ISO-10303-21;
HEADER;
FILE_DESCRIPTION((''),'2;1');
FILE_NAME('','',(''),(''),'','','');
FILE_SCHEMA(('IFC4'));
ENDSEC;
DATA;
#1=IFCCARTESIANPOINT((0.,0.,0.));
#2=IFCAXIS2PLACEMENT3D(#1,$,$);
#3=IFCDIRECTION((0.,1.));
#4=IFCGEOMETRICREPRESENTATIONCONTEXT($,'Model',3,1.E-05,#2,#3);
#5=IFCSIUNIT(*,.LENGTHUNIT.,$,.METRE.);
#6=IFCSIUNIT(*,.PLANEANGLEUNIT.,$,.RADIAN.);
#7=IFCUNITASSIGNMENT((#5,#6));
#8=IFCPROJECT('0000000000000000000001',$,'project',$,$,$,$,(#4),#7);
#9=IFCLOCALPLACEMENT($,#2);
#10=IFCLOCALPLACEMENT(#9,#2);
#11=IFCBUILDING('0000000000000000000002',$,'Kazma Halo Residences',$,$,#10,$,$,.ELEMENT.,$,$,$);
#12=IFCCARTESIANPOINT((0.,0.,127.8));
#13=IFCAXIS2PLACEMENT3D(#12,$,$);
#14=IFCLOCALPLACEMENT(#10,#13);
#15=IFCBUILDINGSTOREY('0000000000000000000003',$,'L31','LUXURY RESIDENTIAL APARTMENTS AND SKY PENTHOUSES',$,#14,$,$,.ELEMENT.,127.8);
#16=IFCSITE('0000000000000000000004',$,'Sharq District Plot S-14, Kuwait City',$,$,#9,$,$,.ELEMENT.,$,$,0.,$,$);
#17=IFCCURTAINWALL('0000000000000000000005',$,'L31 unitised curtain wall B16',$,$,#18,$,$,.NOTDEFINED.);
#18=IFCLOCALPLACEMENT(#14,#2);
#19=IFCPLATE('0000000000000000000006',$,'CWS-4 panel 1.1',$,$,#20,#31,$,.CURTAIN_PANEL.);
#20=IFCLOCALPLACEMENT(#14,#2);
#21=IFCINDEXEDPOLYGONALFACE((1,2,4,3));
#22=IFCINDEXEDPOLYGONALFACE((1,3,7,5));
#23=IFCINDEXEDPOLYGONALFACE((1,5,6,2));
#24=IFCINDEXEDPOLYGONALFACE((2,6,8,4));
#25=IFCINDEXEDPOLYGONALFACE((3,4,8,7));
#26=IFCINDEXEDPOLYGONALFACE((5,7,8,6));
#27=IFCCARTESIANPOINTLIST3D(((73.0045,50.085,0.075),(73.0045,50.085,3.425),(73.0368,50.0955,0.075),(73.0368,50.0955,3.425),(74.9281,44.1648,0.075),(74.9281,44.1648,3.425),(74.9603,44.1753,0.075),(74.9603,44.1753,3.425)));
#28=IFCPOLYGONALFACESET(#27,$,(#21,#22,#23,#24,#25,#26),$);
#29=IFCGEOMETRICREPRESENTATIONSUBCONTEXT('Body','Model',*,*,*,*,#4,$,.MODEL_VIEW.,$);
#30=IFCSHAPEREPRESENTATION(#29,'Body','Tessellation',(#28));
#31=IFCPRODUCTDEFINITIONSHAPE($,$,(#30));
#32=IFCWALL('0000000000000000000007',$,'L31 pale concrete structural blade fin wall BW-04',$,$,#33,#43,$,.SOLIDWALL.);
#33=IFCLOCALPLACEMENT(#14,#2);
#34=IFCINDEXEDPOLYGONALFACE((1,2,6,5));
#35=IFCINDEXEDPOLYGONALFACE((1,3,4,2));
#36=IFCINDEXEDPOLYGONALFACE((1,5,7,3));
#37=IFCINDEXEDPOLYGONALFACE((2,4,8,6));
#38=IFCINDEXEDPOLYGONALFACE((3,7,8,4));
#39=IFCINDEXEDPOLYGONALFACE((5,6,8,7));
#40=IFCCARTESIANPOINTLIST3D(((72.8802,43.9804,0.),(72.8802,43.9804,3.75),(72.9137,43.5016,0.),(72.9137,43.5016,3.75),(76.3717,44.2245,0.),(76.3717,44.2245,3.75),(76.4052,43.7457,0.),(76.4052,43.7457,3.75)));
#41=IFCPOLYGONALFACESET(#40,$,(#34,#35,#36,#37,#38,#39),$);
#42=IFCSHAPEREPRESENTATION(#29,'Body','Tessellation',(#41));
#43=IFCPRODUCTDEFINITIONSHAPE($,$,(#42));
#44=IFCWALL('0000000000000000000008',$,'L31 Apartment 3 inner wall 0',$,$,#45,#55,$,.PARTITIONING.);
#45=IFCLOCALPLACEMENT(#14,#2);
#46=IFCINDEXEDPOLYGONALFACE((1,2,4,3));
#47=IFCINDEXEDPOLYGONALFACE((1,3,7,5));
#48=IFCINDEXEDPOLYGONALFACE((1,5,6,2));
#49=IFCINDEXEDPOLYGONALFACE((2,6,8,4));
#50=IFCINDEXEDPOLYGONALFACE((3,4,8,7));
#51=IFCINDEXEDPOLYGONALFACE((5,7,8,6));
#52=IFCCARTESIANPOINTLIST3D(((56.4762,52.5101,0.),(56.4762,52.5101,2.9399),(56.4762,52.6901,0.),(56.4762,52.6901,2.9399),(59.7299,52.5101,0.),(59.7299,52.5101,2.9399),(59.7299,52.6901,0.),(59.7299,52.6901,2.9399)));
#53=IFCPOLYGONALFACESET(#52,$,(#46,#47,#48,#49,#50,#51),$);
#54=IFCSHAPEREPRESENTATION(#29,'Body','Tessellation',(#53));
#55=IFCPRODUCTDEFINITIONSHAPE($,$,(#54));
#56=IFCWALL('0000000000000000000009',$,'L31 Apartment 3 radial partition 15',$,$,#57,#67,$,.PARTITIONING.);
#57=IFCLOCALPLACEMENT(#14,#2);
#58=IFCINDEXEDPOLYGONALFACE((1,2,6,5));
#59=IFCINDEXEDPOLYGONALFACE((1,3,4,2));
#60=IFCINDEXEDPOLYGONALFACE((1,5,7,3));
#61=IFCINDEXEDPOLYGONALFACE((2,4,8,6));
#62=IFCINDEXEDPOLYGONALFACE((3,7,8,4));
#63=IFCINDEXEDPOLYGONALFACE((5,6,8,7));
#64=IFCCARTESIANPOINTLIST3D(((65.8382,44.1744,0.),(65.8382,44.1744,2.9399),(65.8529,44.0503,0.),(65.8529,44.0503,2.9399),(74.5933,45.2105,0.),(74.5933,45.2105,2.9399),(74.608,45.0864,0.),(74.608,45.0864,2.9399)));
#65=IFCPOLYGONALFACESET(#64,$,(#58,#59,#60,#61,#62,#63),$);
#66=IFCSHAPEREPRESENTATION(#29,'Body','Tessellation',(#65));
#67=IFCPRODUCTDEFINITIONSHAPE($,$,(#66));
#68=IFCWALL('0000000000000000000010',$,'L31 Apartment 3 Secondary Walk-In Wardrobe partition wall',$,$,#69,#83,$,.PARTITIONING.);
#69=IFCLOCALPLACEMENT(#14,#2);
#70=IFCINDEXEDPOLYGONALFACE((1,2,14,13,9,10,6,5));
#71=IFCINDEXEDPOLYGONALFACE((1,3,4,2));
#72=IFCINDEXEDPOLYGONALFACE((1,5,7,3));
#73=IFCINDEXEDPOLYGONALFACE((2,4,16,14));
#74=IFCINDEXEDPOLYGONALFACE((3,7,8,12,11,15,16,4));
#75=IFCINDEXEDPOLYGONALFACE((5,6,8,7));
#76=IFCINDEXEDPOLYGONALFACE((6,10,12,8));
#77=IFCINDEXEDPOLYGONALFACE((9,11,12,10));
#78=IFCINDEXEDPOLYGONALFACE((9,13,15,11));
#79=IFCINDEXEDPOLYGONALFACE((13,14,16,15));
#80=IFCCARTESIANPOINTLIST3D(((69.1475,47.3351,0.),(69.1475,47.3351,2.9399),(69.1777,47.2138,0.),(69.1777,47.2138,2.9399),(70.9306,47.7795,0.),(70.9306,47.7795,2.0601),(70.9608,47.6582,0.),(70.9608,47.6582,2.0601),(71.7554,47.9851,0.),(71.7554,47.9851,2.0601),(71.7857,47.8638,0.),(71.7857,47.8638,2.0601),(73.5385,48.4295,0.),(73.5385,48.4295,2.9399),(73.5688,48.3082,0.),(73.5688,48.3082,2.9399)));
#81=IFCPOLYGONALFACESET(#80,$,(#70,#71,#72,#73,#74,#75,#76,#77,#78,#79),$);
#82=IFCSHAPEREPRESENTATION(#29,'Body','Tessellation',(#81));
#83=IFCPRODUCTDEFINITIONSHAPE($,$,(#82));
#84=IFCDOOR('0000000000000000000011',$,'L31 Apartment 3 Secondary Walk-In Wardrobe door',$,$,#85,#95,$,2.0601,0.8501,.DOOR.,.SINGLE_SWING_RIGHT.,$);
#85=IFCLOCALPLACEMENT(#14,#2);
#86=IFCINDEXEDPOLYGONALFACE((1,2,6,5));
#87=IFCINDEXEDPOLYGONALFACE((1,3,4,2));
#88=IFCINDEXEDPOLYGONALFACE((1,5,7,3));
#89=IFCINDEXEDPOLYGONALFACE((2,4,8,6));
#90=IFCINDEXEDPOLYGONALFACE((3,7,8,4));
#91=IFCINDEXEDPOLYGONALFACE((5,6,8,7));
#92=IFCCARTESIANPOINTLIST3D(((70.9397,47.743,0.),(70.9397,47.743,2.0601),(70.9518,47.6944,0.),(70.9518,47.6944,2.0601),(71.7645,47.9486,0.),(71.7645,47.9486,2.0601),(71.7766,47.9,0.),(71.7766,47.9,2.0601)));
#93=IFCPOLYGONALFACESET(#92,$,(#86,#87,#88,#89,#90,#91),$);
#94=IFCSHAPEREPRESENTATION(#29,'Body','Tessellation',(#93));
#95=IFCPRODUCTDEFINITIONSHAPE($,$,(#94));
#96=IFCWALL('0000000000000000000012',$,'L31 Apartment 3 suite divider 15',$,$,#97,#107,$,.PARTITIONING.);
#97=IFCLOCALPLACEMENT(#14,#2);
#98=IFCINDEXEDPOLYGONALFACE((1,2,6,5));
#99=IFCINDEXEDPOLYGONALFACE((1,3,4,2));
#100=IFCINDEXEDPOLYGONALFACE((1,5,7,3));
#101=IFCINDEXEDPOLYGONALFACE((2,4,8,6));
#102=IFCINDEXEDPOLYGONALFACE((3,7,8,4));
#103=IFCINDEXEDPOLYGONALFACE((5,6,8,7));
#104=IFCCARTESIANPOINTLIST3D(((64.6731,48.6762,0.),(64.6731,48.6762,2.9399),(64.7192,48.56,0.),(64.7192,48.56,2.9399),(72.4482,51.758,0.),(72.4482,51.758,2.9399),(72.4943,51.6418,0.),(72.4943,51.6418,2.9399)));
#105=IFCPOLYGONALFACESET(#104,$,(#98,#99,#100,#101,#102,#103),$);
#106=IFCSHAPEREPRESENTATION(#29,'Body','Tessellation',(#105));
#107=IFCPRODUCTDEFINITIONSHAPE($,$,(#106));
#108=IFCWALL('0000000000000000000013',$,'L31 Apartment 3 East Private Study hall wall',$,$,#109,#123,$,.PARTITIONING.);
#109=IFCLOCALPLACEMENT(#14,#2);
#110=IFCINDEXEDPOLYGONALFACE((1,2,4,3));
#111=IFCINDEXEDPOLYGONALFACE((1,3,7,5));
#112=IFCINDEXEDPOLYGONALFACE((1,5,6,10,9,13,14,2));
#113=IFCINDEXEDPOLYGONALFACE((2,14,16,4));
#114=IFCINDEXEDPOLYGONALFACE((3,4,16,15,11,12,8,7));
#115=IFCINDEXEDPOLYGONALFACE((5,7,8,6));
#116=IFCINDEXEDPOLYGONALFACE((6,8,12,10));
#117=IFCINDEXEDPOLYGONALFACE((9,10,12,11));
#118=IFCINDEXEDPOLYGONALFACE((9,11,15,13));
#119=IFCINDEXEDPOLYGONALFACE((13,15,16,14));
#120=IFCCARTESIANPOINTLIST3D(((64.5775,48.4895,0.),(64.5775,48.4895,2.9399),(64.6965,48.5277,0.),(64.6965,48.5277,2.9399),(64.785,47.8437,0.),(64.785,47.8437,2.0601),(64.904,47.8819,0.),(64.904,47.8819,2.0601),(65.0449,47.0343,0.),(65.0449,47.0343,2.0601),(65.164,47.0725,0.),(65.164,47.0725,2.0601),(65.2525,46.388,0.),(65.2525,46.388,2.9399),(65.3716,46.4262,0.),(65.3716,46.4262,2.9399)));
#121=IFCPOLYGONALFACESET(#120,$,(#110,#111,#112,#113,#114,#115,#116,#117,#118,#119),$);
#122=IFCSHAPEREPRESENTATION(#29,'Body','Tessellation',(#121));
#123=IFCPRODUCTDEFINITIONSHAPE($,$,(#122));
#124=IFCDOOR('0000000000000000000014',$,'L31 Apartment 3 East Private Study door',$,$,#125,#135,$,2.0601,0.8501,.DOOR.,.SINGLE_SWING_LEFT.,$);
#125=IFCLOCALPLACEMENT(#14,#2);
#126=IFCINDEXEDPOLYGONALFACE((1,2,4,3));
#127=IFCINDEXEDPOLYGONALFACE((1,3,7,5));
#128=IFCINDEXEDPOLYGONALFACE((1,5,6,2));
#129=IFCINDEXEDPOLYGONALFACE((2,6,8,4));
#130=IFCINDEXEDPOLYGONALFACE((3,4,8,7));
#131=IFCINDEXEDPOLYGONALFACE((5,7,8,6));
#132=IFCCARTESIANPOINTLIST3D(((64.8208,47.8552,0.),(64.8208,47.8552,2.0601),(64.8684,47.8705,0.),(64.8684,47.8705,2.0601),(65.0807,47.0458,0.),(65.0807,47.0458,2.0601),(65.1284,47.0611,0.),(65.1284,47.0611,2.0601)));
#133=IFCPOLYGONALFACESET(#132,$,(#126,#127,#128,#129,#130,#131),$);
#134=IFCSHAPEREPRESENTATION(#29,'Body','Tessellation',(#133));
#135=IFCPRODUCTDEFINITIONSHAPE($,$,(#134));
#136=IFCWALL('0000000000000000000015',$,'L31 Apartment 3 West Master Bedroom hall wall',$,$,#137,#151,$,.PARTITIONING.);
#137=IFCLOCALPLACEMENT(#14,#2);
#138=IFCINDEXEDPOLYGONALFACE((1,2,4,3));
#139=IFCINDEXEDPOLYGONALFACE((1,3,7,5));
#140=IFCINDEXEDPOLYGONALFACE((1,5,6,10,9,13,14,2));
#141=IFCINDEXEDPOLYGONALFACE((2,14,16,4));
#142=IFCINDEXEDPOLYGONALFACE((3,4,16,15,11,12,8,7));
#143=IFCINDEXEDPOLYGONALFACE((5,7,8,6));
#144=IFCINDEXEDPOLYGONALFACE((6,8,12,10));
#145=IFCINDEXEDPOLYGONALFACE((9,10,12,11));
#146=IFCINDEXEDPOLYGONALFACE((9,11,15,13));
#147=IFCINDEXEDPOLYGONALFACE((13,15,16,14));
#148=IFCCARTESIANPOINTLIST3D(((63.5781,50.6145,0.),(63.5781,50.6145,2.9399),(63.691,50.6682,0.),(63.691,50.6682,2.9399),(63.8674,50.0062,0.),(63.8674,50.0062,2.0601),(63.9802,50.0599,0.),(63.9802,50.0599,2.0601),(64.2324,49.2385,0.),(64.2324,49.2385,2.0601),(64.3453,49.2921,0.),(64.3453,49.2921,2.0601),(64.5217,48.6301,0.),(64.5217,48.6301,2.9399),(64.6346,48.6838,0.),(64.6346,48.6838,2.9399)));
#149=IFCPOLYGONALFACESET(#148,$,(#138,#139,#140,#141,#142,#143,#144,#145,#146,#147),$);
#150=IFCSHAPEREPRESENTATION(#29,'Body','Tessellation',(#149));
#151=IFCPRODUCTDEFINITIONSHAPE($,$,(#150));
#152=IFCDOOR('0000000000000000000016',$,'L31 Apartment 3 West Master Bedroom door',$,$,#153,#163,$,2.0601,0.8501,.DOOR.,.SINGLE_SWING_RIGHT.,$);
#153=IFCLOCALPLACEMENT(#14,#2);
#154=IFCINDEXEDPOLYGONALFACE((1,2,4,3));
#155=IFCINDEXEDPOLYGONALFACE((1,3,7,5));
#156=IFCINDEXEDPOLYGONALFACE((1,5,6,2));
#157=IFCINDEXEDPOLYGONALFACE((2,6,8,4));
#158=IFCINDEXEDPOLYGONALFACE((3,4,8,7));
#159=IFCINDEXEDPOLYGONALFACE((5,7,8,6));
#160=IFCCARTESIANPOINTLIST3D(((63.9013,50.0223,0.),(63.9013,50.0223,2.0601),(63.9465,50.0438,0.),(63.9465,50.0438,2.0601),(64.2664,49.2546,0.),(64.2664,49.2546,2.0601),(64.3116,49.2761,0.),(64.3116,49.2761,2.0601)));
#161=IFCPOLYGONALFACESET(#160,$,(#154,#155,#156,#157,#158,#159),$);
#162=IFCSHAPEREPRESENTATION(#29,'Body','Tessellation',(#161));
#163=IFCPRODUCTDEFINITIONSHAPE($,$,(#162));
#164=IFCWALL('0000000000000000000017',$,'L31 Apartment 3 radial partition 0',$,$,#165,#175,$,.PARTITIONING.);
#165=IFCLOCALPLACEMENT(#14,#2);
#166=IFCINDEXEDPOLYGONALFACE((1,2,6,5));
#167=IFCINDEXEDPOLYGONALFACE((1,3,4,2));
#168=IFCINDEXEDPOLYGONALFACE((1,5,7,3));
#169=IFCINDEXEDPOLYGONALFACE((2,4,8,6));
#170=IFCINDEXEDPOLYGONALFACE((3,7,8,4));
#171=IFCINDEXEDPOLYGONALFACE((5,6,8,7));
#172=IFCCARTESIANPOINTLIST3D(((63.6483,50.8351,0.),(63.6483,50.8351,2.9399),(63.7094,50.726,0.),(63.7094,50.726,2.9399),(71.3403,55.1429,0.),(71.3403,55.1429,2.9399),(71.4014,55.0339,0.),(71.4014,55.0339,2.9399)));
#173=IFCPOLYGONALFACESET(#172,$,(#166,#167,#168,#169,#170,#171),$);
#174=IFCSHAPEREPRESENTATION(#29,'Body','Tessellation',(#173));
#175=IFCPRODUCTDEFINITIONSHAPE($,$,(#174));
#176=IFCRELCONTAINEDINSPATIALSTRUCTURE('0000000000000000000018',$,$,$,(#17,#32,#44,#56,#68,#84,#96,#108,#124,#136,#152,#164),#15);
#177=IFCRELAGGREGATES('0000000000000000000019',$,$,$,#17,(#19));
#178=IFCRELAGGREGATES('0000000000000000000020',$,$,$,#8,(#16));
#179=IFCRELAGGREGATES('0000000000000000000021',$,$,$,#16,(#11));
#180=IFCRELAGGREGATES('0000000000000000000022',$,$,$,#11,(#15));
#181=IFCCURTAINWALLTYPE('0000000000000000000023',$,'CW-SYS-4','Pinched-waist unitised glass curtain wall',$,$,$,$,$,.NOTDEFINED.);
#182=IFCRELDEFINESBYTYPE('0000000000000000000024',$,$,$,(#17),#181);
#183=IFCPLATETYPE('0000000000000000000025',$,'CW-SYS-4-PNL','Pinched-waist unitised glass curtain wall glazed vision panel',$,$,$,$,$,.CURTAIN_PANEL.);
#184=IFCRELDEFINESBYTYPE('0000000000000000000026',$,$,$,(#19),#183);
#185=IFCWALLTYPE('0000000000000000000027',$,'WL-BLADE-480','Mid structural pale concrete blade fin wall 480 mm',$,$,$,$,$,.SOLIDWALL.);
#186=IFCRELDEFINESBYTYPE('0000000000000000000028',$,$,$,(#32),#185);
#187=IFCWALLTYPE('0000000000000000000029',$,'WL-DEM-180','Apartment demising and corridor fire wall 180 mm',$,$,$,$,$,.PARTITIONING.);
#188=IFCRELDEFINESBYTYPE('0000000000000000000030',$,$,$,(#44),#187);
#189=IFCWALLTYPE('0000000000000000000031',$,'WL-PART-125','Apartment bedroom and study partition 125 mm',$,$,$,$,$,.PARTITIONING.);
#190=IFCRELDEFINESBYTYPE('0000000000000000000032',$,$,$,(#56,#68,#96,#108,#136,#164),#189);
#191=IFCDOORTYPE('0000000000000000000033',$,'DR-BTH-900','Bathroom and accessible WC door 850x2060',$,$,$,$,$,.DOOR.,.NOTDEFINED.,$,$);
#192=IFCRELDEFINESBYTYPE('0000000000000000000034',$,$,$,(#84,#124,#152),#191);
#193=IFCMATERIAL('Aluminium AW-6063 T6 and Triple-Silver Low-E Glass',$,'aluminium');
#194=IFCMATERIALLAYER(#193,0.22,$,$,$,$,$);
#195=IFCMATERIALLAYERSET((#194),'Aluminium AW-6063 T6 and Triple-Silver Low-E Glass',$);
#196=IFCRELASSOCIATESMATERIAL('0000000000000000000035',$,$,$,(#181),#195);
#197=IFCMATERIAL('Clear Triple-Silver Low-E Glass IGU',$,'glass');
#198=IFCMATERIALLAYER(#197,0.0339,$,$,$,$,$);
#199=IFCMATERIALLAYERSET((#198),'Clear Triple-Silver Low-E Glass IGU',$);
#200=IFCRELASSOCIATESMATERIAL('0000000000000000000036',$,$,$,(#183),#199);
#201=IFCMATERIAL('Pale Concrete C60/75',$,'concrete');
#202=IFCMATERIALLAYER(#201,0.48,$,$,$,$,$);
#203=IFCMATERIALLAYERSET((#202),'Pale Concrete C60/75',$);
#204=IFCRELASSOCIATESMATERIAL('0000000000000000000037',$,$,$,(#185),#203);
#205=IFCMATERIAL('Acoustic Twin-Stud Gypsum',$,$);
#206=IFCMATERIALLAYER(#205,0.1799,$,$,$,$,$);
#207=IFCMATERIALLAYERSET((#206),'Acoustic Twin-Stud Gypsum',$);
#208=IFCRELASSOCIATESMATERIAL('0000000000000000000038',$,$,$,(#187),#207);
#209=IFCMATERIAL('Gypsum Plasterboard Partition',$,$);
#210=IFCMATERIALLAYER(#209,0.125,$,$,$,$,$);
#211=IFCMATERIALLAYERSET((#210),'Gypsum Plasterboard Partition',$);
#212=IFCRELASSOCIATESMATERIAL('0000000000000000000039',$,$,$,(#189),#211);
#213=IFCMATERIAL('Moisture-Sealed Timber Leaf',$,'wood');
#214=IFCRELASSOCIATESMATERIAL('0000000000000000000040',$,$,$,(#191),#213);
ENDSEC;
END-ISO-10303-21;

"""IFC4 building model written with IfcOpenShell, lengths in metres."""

from ifc_helpers import new_model, si_unit, direction, frame, frame_2d, origin, origin_2d, place, context, subcontext, project, spatial, rectangle, extrude, material, layer, layer_set, type_object, element, fill, aggregate, save


model = new_model("IFC4")

# Units and contexts
model_context = context("Model", 3, precision=1e-05, world=origin(), true_north=direction((0.0, 1.0)))
body_context = subcontext(model_context, "Body", "Model", "MODEL_VIEW")
ifc_project = project(units=[si_unit("LENGTHUNIT", "METRE"), si_unit("PLANEANGLEUNIT", "RADIAN")], contexts=[model_context])

# Site, building, storey
site_placement = place(None, origin())
site = spatial("IfcSite", under=ifc_project, at=site_placement, Name="Sharq District Plot S-14, Kuwait City", CompositionType="ELEMENT", RefElevation=0.0)
building_placement = place(site_placement, origin())
building = spatial("IfcBuilding", under=site, at=building_placement, Name="Kazma Halo Residences", CompositionType="ELEMENT")
storey_placement = place(building_placement, frame((0.0, 0.0, 127.8)))
storey = spatial("IfcBuildingStorey", under=building, at=storey_placement, Name="L31", Description="LUXURY RESIDENTIAL APARTMENTS AND SKY PENTHOUSES", CompositionType="ELEMENT", Elevation=127.8)

# Shared definitions
ifc_material_1 = material(Name="Aluminium AW-6063 T6 and Triple-Silver Low-E Glass", Category="aluminium")
ifc_layer_1 = layer(ifc_material_1, 0.22)
ifc_layer_set_1 = layer_set([ifc_layer_1], Name="Aluminium AW-6063 T6 and Triple-Silver Low-E Glass")
curtain_wall_type = type_object("IfcCurtainWallType", Name="CW-SYS-4", Description="Pinched-waist unitised glass curtain wall", PredefinedType="NOTDEFINED", material=ifc_layer_set_1)

# Curtain wall, plate
curtain_wall_1_placement = place(storey_placement, origin())
curtain_wall_1 = element("IfcCurtainWall", 1, at=curtain_wall_1_placement, inside=storey, type_object=curtain_wall_type, Name="L31 unitised curtain wall B16", PredefinedType="NOTDEFINED")
ifc_material_2 = material(Name="Clear Triple-Silver Low-E Glass IGU", Category="glass")
ifc_layer_2 = layer(ifc_material_2, 0.0339)
ifc_layer_set_2 = layer_set([ifc_layer_2], Name="Clear Triple-Silver Low-E Glass IGU")
plate_type = type_object("IfcPlateType", Name="CW-SYS-4-PNL", Description="Pinched-waist unitised glass curtain wall glazed vision panel", PredefinedType="CURTAIN_PANEL", material=ifc_layer_set_2)
plate_placement = place(storey_placement, frame((73.9824, 47.1301, 0.075), z_axis=(0.0, 0.0, 1.0), x_axis=(-0.309014, 0.951058, 0.0)))
plate = element("IfcPlate", 2, at=plate_placement, type_object=plate_type, Name="CWS-4 panel 1.1", PredefinedType="CURTAIN_PANEL", context=body_context, shape_type="SweptSolid", body=[
    extrude(rectangle(XDim=6.2249, YDim=0.0339, at=origin_2d()), origin(), (0.0, 0.0, 1.0), 3.3501),
])
aggregate(curtain_wall_1, [plate])

# Walls
ifc_material_3 = material(Name="Pale Concrete C60/75", Category="concrete")
ifc_layer_3 = layer(ifc_material_3, 0.48)
ifc_layer_set_3 = layer_set([ifc_layer_3], Name="Pale Concrete C60/75")
wall_type_1 = type_object("IfcWallType", Name="WL-BLADE-480", Description="Mid structural pale concrete blade fin wall 480 mm", PredefinedType="SOLIDWALL", material=ifc_layer_set_3)
wall_1_placement = place(storey_placement, frame((72.897, 43.741, 0.0), z_axis=(0.0, 0.0, 1.0), x_axis=(0.997564, 0.069755, 0.0)))
element("IfcWall", 3, at=wall_1_placement, inside=storey, type_object=wall_type_1, Name="L31 pale concrete structural blade fin wall BW-04", PredefinedType="SOLIDWALL", context=body_context, shape_type="SweptSolid", body=[
    extrude(rectangle(XDim=3.5, YDim=0.48, at=frame_2d((1.75, 0.0))), origin(), (0.0, 0.0, 1.0), 3.75),
])
ifc_material_4 = material(Name="Acoustic Twin-Stud Gypsum")
ifc_layer_4 = layer(ifc_material_4, 0.1799)
ifc_layer_set_4 = layer_set([ifc_layer_4], Name="Acoustic Twin-Stud Gypsum")
wall_type_2 = type_object("IfcWallType", Name="WL-DEM-180", Description="Apartment demising and corridor fire wall 180 mm", PredefinedType="PARTITIONING", material=ifc_layer_set_4)
wall_2_placement = place(storey_placement, frame((59.73, 52.6001, 0.0), z_axis=(0.0, 0.0, 1.0), x_axis=(-1.0, 0.0, 0.0)))
element("IfcWall", 4, at=wall_2_placement, inside=storey, type_object=wall_type_2, Name="L31 Apartment 3 inner wall 0", PredefinedType="PARTITIONING", context=body_context, shape_type="SweptSolid", body=[
    extrude(rectangle(XDim=3.2537, YDim=0.1799, at=frame_2d((1.627, 0.0))), origin(), (0.0, 0.0, 1.0), 2.9399),
])
ifc_material_5 = material(Name="Gypsum Plasterboard Partition")
ifc_layer_5 = layer(ifc_material_5, 0.125)
ifc_layer_set_5 = layer_set([ifc_layer_5], Name="Gypsum Plasterboard Partition")
wall_type_3 = type_object("IfcWallType", Name="WL-PART-125", Description="Apartment bedroom and study partition 125 mm", PredefinedType="PARTITIONING", material=ifc_layer_set_5)
wall_3_placement = place(storey_placement, frame((65.8455, 44.1123, 0.0), z_axis=(0.0, 0.0, 1.0), x_axis=(0.99307, 0.117526, 0.0)))
element("IfcWall", 5, at=wall_3_placement, inside=storey, type_object=wall_type_3, Name="L31 Apartment 3 radial partition 15", PredefinedType="PARTITIONING", context=body_context, shape_type="SweptSolid", body=[
    extrude(rectangle(XDim=8.8162, YDim=0.125, at=frame_2d((4.4082, 0.0))), origin(), (0.0, 0.0, 1.0), 2.9399),
])

# Wall, opening, door
wall_4_placement = place(storey_placement, frame((69.1626, 47.2744, 0.0), z_axis=(0.0, 0.0, 1.0), x_axis=(0.970314, 0.24185, 0.0)))
wall_4 = element("IfcWall", 6, at=wall_4_placement, inside=storey, type_object=wall_type_3, Name="L31 Apartment 3 Secondary Walk-In Wardrobe partition wall", PredefinedType="PARTITIONING", context=body_context, shape_type="SweptSolid", body=[
    extrude(rectangle(XDim=4.5254, YDim=0.125, at=frame_2d((2.2627, 0.0))), origin(), (0.0, 0.0, 1.0), 2.9399),
])
opening_1_placement = place(wall_4_placement, frame((1.8376, 0.0, 0.0)))
opening_1 = element("IfcOpeningElement", 7, at=opening_1_placement, cuts=wall_4, PredefinedType="OPENING", context=body_context, shape_type="SweptSolid", body=[
    extrude(rectangle(XDim=0.8501, YDim=2.0601, at=frame_2d((0.425, 1.03))), frame((0.0, 0.0725, 0.0), z_axis=(0.0, -1.0, 0.0), x_axis=(1.0, 0.0, 0.0)), (0.0, 0.0, 1.0), 0.145),
])
ifc_material_6 = material(Name="Moisture-Sealed Timber Leaf", Category="wood")
door_type = type_object("IfcDoorType", Name="DR-BTH-900", Description="Bathroom and accessible WC door 850x2060", OperationType="NOTDEFINED", PredefinedType="DOOR", material=ifc_material_6)
door_1_placement = place(opening_1_placement, origin())
door_1 = element("IfcDoor", 8, at=door_1_placement, inside=storey, type_object=door_type, Name="L31 Apartment 3 Secondary Walk-In Wardrobe door", OperationType="SINGLE_SWING_RIGHT", OverallHeight=2.0601, OverallWidth=0.8501, PredefinedType="DOOR", context=body_context, shape_type="SweptSolid", body=[
    extrude(rectangle(XDim=0.8501, YDim=2.0601, at=frame_2d((0.425, 1.03))), frame((0.0, 0.0249, 0.0), z_axis=(0.0, -1.0, 0.0), x_axis=(1.0, 0.0, 0.0)), (0.0, 0.0, 1.0), 0.05),
])
fill(opening_1, door_1)

# Wall
wall_5_placement = place(storey_placement, frame((64.6963, 48.6182, 0.0), z_axis=(0.0, 0.0, 1.0), x_axis=(0.929638, 0.368475, 0.0)))
element("IfcWall", 9, at=wall_5_placement, inside=storey, type_object=wall_type_3, Name="L31 Apartment 3 suite divider 15", PredefinedType="PARTITIONING", context=body_context, shape_type="SweptSolid", body=[
    extrude(rectangle(XDim=8.3635, YDim=0.125, at=frame_2d((4.1816, 0.0))), origin(), (0.0, 0.0, 1.0), 2.9399),
])

# Walls, openings, doors
wall_6_placement = place(storey_placement, frame((65.312, 46.4072, 0.0), z_axis=(0.0, 0.0, 1.0), x_axis=(-0.305823, 0.952088, 0.0)))
wall_6 = element("IfcWall", 10, at=wall_6_placement, inside=storey, type_object=wall_type_3, Name="L31 Apartment 3 East Private Study hall wall", PredefinedType="PARTITIONING", context=body_context, shape_type="SweptSolid", body=[
    extrude(rectangle(XDim=2.2073, YDim=0.125, at=frame_2d((1.1035, 0.0))), origin(), (0.0, 0.0, 1.0), 2.9399),
])
opening_2_placement = place(wall_6_placement, frame((0.6787, 0.0, 0.0)))
opening_2 = element("IfcOpeningElement", 11, at=opening_2_placement, cuts=wall_6, PredefinedType="OPENING", context=body_context, shape_type="SweptSolid", body=[
    extrude(rectangle(XDim=0.8501, YDim=2.0601, at=frame_2d((0.425, 1.03))), frame((0.0, 0.0725, 0.0), z_axis=(0.0, -1.0, 0.0), x_axis=(1.0, 0.0, 0.0)), (0.0, 0.0, 1.0), 0.145),
])
door_2_placement = place(opening_2_placement, origin())
door_2 = element("IfcDoor", 12, at=door_2_placement, inside=storey, type_object=door_type, Name="L31 Apartment 3 East Private Study door", OperationType="SINGLE_SWING_LEFT", OverallHeight=2.0601, OverallWidth=0.8501, PredefinedType="DOOR", context=body_context, shape_type="SweptSolid", body=[
    extrude(rectangle(XDim=0.8501, YDim=2.0601, at=frame_2d((0.425, 1.03))), frame((0.0, 0.0249, 0.0), z_axis=(0.0, -1.0, 0.0), x_axis=(1.0, 0.0, 0.0)), (0.0, 0.0, 1.0), 0.05),
])
fill(opening_2, door_2)
wall_7_placement = place(storey_placement, frame((64.5781, 48.657, 0.0), z_axis=(0.0, 0.0, 1.0), x_axis=(-0.429438, 0.903097, 0.0)))
wall_7 = element("IfcWall", 13, at=wall_7_placement, inside=storey, type_object=wall_type_3, Name="L31 Apartment 3 West Master Bedroom hall wall", PredefinedType="PARTITIONING", context=body_context, shape_type="SweptSolid", body=[
    extrude(rectangle(XDim=2.1973, YDim=0.125, at=frame_2d((1.0986, 0.0))), origin(), (0.0, 0.0, 1.0), 2.9399),
])
opening_3_placement = place(wall_7_placement, frame((0.6736, 0.0, 0.0)))
opening_3 = element("IfcOpeningElement", 14, at=opening_3_placement, cuts=wall_7, PredefinedType="OPENING", context=body_context, shape_type="SweptSolid", body=[
    extrude(rectangle(XDim=0.8501, YDim=2.0601, at=frame_2d((0.425, 1.03))), frame((0.0, 0.0725, 0.0), z_axis=(0.0, -1.0, 0.0), x_axis=(1.0, 0.0, 0.0)), (0.0, 0.0, 1.0), 0.145),
])
door_3_placement = place(opening_3_placement, origin())
door_3 = element("IfcDoor", 15, at=door_3_placement, inside=storey, type_object=door_type, Name="L31 Apartment 3 West Master Bedroom door", OperationType="SINGLE_SWING_RIGHT", OverallHeight=2.0601, OverallWidth=0.8501, PredefinedType="DOOR", context=body_context, shape_type="SweptSolid", body=[
    extrude(rectangle(XDim=0.8501, YDim=2.0601, at=frame_2d((0.425, 1.03))), frame((0.0, 0.0249, 0.0), z_axis=(0.0, -1.0, 0.0), x_axis=(1.0, 0.0, 0.0)), (0.0, 0.0, 1.0), 0.05),
])
fill(opening_3, door_3)

# Wall
wall_8_placement = place(storey_placement, frame((63.6787, 50.7805, 0.0), z_axis=(0.0, 0.0, 1.0), x_axis=(0.872493, 0.488626, 0.0)))
element("IfcWall", 16, at=wall_8_placement, inside=storey, type_object=wall_type_3, Name="L31 Apartment 3 radial partition 0", PredefinedType="PARTITIONING", context=body_context, shape_type="SweptSolid", body=[
    extrude(rectangle(XDim=8.8162, YDim=0.125, at=frame_2d((4.4082, 0.0))), origin(), (0.0, 0.0, 1.0), 2.9399),
])

save(model, "model.ifc")
